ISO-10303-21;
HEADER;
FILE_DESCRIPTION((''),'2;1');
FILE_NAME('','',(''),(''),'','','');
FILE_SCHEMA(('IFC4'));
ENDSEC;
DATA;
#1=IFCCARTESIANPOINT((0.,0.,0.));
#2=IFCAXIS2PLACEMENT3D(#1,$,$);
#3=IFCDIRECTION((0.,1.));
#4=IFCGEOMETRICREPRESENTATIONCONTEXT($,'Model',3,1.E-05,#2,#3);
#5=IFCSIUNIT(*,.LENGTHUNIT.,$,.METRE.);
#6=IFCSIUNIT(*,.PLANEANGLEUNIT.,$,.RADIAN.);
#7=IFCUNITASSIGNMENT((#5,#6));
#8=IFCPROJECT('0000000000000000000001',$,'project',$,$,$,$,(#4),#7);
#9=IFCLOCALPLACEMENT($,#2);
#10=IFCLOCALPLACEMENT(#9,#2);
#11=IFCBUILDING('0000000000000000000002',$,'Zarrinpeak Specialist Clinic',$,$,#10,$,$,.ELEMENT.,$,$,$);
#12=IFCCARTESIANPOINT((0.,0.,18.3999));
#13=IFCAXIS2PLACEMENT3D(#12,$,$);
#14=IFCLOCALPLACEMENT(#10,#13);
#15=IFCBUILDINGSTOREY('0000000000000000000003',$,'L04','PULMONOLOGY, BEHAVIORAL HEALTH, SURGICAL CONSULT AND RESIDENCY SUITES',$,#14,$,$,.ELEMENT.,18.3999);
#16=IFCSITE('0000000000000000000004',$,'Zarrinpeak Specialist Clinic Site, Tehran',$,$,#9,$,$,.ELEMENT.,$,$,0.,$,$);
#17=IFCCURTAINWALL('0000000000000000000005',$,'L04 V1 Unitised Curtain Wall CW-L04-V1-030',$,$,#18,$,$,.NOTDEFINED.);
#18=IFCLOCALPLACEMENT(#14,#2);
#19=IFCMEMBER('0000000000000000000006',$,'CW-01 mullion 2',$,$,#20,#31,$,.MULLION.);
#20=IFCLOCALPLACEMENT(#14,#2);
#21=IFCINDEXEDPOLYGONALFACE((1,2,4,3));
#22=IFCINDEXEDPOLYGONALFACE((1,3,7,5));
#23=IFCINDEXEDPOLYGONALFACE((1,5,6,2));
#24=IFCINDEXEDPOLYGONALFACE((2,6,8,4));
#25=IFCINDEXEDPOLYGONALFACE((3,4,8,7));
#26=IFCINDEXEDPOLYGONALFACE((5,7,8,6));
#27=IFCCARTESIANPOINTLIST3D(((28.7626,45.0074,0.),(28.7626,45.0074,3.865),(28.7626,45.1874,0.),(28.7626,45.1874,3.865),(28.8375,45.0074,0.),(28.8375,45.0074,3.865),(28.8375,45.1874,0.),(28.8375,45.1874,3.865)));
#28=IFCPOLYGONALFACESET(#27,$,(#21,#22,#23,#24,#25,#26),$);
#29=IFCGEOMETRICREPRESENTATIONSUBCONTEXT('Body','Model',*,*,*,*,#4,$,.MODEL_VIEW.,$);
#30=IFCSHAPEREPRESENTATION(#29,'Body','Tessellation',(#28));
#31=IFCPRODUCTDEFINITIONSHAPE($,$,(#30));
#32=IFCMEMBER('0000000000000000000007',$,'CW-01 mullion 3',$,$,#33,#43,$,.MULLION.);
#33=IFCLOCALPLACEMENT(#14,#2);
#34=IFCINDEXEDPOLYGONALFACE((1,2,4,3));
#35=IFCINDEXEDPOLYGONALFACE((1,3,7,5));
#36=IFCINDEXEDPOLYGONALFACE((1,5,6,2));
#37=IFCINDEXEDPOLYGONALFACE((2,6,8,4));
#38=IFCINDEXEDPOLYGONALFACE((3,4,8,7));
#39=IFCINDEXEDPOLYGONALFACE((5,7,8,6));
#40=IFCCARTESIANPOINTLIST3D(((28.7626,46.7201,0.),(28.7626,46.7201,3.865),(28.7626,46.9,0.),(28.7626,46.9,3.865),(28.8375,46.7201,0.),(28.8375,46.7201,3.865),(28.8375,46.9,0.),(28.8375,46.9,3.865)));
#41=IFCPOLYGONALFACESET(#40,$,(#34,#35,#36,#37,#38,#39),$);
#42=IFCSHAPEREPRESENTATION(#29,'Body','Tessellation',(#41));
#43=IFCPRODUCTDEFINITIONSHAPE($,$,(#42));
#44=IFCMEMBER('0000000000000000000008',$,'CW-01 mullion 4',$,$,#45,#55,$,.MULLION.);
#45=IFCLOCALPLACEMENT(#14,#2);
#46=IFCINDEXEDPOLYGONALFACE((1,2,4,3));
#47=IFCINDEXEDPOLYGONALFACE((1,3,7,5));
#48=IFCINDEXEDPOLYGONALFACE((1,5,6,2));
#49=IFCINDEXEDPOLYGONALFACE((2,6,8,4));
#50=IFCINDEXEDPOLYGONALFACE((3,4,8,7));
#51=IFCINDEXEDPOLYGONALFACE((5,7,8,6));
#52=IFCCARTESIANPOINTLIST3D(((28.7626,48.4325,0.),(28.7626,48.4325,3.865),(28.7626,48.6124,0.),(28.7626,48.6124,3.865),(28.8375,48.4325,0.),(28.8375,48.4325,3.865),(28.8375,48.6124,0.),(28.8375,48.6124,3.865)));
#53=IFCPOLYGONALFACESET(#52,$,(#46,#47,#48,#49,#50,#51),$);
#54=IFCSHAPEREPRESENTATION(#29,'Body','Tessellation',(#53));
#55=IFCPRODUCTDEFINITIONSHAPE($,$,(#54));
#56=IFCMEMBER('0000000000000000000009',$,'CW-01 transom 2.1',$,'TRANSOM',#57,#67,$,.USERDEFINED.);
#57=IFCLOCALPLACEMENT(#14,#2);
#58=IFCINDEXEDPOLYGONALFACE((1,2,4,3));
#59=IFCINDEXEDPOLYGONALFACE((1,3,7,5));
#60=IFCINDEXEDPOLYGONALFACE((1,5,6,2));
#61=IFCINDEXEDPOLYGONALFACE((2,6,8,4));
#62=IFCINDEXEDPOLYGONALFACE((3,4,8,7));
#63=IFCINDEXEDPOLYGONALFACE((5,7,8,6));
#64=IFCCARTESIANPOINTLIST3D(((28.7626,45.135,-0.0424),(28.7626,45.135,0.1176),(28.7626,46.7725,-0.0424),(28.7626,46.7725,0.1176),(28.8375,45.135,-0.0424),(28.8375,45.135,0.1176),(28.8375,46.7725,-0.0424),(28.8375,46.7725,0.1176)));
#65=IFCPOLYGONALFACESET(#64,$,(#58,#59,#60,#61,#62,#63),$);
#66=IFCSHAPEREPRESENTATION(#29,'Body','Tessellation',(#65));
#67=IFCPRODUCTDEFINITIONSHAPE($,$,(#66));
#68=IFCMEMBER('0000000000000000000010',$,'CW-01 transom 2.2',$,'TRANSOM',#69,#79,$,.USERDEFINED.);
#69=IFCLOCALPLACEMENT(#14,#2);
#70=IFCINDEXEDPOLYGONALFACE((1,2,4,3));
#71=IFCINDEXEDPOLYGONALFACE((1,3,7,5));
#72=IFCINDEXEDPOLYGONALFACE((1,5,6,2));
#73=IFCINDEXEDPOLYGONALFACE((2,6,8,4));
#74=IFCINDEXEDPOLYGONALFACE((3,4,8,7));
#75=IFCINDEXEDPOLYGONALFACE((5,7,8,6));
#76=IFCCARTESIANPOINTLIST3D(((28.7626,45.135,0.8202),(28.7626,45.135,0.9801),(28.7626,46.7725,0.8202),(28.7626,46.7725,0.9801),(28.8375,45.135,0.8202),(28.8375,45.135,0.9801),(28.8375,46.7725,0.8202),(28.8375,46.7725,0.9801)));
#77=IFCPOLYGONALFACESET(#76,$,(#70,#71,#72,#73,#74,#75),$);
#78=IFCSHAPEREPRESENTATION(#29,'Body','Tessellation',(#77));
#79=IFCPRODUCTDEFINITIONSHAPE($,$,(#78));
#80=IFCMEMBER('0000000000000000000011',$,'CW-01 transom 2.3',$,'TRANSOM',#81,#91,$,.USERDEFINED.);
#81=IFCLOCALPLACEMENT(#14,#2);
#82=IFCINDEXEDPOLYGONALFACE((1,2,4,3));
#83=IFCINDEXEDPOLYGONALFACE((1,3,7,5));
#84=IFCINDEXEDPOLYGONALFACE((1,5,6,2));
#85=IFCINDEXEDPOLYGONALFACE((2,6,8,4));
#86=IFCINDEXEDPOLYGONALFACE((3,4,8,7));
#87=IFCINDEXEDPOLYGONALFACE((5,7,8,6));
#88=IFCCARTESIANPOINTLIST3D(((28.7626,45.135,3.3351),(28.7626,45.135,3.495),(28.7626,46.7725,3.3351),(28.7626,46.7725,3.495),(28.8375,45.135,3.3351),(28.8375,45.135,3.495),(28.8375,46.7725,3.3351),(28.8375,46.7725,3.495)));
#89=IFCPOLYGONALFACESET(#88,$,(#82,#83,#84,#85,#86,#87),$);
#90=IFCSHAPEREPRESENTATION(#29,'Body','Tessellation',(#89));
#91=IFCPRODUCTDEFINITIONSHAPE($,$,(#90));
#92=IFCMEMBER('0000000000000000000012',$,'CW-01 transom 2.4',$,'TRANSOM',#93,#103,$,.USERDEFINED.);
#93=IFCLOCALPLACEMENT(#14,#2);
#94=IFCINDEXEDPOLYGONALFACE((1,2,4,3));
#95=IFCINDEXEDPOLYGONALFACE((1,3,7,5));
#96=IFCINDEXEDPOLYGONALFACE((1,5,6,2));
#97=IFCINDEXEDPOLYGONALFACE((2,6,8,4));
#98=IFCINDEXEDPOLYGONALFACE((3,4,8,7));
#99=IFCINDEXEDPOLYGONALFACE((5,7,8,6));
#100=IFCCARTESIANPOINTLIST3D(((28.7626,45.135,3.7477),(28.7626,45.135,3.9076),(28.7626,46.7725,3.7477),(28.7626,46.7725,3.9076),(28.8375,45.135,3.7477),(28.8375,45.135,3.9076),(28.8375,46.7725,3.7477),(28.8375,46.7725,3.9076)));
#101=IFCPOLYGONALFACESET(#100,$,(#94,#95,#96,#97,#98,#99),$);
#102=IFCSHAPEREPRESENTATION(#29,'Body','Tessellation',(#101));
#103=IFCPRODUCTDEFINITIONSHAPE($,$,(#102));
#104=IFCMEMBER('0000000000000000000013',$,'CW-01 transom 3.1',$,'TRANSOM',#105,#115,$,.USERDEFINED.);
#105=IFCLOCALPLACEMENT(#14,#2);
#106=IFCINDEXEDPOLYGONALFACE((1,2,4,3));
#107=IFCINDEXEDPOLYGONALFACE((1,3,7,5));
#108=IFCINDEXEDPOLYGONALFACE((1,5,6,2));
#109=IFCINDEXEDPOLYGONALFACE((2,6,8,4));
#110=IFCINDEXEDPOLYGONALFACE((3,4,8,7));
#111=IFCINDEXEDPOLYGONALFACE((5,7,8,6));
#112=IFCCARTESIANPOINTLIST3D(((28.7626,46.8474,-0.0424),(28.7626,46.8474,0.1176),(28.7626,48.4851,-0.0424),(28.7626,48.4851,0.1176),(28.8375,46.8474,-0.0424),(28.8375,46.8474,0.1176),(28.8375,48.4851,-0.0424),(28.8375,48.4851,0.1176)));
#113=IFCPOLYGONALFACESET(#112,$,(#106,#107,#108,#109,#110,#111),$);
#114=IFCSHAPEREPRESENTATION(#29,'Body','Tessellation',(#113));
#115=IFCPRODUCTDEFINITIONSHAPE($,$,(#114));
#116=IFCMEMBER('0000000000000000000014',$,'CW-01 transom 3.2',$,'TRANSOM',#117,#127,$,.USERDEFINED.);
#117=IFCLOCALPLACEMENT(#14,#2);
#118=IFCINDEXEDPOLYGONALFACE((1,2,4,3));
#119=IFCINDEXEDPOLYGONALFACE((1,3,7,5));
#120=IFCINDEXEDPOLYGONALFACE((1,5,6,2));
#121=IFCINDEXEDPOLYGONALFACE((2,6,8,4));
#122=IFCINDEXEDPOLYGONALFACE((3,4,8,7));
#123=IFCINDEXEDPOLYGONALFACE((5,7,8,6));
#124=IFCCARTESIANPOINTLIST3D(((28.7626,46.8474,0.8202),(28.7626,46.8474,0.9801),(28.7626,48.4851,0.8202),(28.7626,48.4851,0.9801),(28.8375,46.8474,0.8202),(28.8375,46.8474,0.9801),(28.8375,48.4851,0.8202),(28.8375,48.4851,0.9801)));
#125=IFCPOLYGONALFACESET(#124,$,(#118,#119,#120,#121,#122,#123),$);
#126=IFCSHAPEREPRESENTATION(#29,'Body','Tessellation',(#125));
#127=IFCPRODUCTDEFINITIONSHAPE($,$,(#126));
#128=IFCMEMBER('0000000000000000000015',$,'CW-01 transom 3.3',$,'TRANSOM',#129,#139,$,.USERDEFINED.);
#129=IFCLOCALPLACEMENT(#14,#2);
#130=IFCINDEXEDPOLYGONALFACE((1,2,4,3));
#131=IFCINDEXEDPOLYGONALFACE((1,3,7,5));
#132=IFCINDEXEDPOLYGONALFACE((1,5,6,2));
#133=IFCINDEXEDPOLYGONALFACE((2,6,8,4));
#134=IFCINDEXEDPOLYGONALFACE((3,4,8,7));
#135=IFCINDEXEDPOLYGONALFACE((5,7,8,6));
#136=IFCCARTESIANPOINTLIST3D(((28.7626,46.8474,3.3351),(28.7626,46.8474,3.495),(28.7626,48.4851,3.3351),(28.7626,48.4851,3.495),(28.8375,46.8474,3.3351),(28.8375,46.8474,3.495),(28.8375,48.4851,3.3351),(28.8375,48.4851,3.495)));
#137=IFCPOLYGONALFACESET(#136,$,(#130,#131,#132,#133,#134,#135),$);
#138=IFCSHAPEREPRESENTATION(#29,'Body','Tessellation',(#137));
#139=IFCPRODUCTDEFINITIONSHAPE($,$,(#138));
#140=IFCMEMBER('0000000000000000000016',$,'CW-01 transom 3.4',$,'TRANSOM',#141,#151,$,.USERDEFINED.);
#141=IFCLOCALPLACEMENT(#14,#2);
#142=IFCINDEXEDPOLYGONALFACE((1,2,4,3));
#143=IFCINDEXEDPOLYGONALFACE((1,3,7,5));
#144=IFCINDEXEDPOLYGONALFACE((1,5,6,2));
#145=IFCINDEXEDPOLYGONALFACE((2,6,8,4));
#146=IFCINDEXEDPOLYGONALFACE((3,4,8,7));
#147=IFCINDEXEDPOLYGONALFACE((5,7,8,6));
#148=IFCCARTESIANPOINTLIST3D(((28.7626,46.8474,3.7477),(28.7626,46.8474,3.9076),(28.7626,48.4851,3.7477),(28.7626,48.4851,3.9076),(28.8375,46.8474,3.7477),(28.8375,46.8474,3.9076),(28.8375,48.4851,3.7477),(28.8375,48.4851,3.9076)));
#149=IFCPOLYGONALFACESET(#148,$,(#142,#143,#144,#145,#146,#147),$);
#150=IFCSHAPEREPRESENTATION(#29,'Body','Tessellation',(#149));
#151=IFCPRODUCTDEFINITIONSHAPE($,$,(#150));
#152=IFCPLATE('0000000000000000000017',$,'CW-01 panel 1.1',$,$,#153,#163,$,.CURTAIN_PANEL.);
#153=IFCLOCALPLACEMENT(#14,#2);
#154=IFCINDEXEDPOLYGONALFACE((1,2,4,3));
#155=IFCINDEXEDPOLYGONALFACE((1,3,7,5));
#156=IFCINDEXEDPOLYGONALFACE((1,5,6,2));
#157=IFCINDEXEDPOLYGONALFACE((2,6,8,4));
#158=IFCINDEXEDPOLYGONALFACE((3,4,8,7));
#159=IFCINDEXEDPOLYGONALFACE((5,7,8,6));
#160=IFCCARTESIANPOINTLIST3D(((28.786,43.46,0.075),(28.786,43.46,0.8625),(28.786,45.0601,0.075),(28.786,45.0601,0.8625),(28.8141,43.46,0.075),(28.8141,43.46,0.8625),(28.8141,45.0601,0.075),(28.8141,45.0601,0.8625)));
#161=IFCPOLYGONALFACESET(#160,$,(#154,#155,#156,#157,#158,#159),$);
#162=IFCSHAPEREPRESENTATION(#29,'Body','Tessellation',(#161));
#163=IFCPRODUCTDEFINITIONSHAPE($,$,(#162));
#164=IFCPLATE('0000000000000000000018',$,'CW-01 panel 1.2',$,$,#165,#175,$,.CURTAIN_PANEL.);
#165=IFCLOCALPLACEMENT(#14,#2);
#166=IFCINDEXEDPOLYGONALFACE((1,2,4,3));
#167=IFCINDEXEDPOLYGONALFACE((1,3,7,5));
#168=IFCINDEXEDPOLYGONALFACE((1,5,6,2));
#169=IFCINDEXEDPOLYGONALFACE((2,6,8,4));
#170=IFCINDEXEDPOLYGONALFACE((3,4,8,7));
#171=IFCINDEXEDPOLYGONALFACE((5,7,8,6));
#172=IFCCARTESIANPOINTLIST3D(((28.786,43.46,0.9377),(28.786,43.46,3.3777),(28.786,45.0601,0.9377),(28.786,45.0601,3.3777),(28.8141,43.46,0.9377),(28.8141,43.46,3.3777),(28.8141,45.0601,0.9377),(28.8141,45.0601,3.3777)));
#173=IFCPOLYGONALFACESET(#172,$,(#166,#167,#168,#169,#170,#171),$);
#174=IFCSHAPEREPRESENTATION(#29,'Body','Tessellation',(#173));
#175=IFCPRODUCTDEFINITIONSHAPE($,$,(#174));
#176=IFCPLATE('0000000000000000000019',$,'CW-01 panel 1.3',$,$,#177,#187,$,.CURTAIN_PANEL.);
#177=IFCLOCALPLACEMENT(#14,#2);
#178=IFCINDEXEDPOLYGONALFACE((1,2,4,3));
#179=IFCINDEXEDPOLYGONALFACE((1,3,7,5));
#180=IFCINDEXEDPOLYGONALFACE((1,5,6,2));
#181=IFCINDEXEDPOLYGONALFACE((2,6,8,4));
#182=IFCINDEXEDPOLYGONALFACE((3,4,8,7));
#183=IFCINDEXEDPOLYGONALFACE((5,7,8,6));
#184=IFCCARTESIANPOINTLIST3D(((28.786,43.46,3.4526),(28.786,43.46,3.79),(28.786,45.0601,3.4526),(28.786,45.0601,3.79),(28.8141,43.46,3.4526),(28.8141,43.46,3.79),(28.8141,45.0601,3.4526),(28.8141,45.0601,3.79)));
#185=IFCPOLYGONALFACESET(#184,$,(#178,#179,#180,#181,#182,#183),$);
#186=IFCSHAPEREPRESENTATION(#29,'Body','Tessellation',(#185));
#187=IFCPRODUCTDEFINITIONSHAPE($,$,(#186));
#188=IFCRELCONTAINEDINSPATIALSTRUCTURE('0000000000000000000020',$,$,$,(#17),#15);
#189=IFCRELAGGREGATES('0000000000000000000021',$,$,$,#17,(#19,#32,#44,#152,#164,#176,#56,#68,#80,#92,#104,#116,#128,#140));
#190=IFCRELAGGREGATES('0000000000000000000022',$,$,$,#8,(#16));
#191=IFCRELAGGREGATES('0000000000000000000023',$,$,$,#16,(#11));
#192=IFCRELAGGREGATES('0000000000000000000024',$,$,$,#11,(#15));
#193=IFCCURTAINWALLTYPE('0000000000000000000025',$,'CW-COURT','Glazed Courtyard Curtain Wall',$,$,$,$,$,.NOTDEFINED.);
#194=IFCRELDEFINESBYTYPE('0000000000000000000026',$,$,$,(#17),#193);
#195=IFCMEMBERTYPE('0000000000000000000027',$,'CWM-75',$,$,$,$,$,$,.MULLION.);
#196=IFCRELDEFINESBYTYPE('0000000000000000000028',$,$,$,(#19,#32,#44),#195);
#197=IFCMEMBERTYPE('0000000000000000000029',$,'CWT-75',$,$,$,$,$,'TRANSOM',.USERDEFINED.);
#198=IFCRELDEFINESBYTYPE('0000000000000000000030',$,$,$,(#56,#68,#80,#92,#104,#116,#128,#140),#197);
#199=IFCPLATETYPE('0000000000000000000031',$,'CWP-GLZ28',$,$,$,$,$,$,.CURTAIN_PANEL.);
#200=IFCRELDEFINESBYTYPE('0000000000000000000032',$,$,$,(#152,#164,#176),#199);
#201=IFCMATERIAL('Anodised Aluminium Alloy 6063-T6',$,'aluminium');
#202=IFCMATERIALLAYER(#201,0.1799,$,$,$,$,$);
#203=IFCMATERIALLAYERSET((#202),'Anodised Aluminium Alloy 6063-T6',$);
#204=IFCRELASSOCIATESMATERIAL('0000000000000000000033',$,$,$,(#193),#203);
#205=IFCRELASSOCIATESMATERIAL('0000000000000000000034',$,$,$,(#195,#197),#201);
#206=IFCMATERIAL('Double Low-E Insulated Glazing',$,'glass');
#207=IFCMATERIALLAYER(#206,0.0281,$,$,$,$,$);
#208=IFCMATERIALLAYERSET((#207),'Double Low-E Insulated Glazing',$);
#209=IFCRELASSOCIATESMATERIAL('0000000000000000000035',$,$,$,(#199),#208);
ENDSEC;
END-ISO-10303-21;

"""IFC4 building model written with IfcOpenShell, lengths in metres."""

from ifc_helpers import new_model, si_unit, direction, frame, origin, origin_2d, place, context, subcontext, project, spatial, rectangle, extrude, material, layer, layer_set, material_profile, profile_set, type_object, element, aggregate, save


model = new_model("IFC4")

# Units and contexts
model_context = context("Model", 3, precision=1e-05, world=origin(), true_north=direction((0.0, 1.0)))
body_context = subcontext(model_context, "Body", "Model", "MODEL_VIEW")
ifc_project = project(units=[si_unit("LENGTHUNIT", "METRE"), si_unit("PLANEANGLEUNIT", "RADIAN")], contexts=[model_context])

# Site, building, storey
site_placement = place(None, origin())
site = spatial("IfcSite", under=ifc_project, at=site_placement, Name="Zarrinpeak Specialist Clinic Site, Tehran", CompositionType="ELEMENT", RefElevation=0.0)
building_placement = place(site_placement, origin())
building = spatial("IfcBuilding", under=site, at=building_placement, Name="Zarrinpeak Specialist Clinic", CompositionType="ELEMENT")
storey_placement = place(building_placement, frame((0.0, 0.0, 18.3999)))
storey = spatial("IfcBuildingStorey", under=building, at=storey_placement, Name="L04", Description="PULMONOLOGY, BEHAVIORAL HEALTH, SURGICAL CONSULT AND RESIDENCY SUITES", CompositionType="ELEMENT", Elevation=18.3999)

# Curtain wall, members, plates
ifc_material_1 = material(Name="Anodised Aluminium Alloy 6063-T6", Category="aluminium")
ifc_layer_1 = layer(ifc_material_1, 0.1799)
ifc_layer_set_1 = layer_set([ifc_layer_1], Name="Anodised Aluminium Alloy 6063-T6")
curtain_wall_type = type_object("IfcCurtainWallType", Name="CW-COURT", Description="Glazed Courtyard Curtain Wall", PredefinedType="NOTDEFINED", material=ifc_layer_set_1)
curtain_wall_placement = place(storey_placement, origin())
curtain_wall = element("IfcCurtainWall", 1, at=curtain_wall_placement, inside=storey, type_object=curtain_wall_type, Name="L04 V1 Unitised Curtain Wall CW-L04-V1-030", PredefinedType="NOTDEFINED")
ifc_material_profile_1 = material_profile(ifc_material_1, rectangle(XDim=0.075, YDim=0.1799, at=origin_2d()), Name="ALU 75x180")
ifc_profile_set_1 = profile_set([ifc_material_profile_1], Name="Anodised Aluminium Alloy 6063-T6")
member_type_1 = type_object("IfcMemberType", Name="CWM-75", PredefinedType="MULLION", material=ifc_profile_set_1)
member_1_placement = place(storey_placement, frame((28.8, 45.0974, 0.0), z_axis=(0.0, 0.0, 1.0), x_axis=(-1.0, 0.0, 0.0)))
member_1 = element("IfcMember", 2, at=member_1_placement, type_object=member_type_1, Name="CW-01 mullion 2", PredefinedType="MULLION", context=body_context, shape_type="SweptSolid", body=[
    extrude(rectangle(XDim=0.075, YDim=0.1799, at=origin_2d()), origin(), (0.0, 0.0, 1.0), 3.865),
])
member_2_placement = place(storey_placement, frame((28.8, 46.8101, 0.0), z_axis=(0.0, 0.0, 1.0), x_axis=(-1.0, 0.0, 0.0)))
member_2 = element("IfcMember", 3, at=member_2_placement, type_object=member_type_1, Name="CW-01 mullion 3", PredefinedType="MULLION", context=body_context, shape_type="SweptSolid", body=[
    extrude(rectangle(XDim=0.075, YDim=0.1799, at=origin_2d()), origin(), (0.0, 0.0, 1.0), 3.865),
])
member_3_placement = place(storey_placement, frame((28.8, 48.5225, 0.0), z_axis=(0.0, 0.0, 1.0), x_axis=(-1.0, 0.0, 0.0)))
member_3 = element("IfcMember", 4, at=member_3_placement, type_object=member_type_1, Name="CW-01 mullion 4", PredefinedType="MULLION", context=body_context, shape_type="SweptSolid", body=[
    extrude(rectangle(XDim=0.075, YDim=0.1799, at=origin_2d()), origin(), (0.0, 0.0, 1.0), 3.865),
])
ifc_material_profile_2 = material_profile(ifc_material_1, rectangle(XDim=0.075, YDim=0.1599, at=origin_2d()), Name="ALU 75x160")
ifc_profile_set_2 = profile_set([ifc_material_profile_2], Name="Anodised Aluminium Alloy 6063-T6")
member_type_2 = type_object("IfcMemberType", Name="CWT-75", ElementType="TRANSOM", PredefinedType="USERDEFINED", material=ifc_profile_set_2)
member_4_placement = place(storey_placement, frame((28.8, 45.135, 0.0376), z_axis=(0.0, 1.0, 0.0), x_axis=(-1.0, 0.0, 0.0)))
member_4 = element("IfcMember", 5, at=member_4_placement, type_object=member_type_2, Name="CW-01 transom 2.1", ObjectType="TRANSOM", PredefinedType="USERDEFINED", context=body_context, shape_type="SweptSolid", body=[
    extrude(rectangle(XDim=0.075, YDim=0.1599, at=origin_2d()), origin(), (0.0, 0.0, 1.0), 1.6375),
])
member_5_placement = place(storey_placement, frame((28.8, 45.135, 0.9001), z_axis=(0.0, 1.0, 0.0), x_axis=(-1.0, 0.0, 0.0)))
member_5 = element("IfcMember", 6, at=member_5_placement, type_object=member_type_2, Name="CW-01 transom 2.2", ObjectType="TRANSOM", PredefinedType="USERDEFINED", context=body_context, shape_type="SweptSolid", body=[
    extrude(rectangle(XDim=0.075, YDim=0.1599, at=origin_2d()), origin(), (0.0, 0.0, 1.0), 1.6375),
])
member_6_placement = place(storey_placement, frame((28.8, 45.135, 3.415), z_axis=(0.0, 1.0, 0.0), x_axis=(-1.0, 0.0, 0.0)))
member_6 = element("IfcMember", 7, at=member_6_placement, type_object=member_type_2, Name="CW-01 transom 2.3", ObjectType="TRANSOM", PredefinedType="USERDEFINED", context=body_context, shape_type="SweptSolid", body=[
    extrude(rectangle(XDim=0.075, YDim=0.1599, at=origin_2d()), origin(), (0.0, 0.0, 1.0), 1.6375),
])
member_7_placement = place(storey_placement, frame((28.8, 45.135, 3.8276), z_axis=(0.0, 1.0, 0.0), x_axis=(-1.0, 0.0, 0.0)))
member_7 = element("IfcMember", 8, at=member_7_placement, type_object=member_type_2, Name="CW-01 transom 2.4", ObjectType="TRANSOM", PredefinedType="USERDEFINED", context=body_context, shape_type="SweptSolid", body=[
    extrude(rectangle(XDim=0.075, YDim=0.1599, at=origin_2d()), origin(), (0.0, 0.0, 1.0), 1.6375),
])
member_8_placement = place(storey_placement, frame((28.8, 46.8474, 0.0376), z_axis=(0.0, 1.0, 0.0), x_axis=(-1.0, 0.0, 0.0)))
member_8 = element("IfcMember", 9, at=member_8_placement, type_object=member_type_2, Name="CW-01 transom 3.1", ObjectType="TRANSOM", PredefinedType="USERDEFINED", context=body_context, shape_type="SweptSolid", body=[
    extrude(rectangle(XDim=0.075, YDim=0.1599, at=origin_2d()), origin(), (0.0, 0.0, 1.0), 1.6377),
])
member_9_placement = place(storey_placement, frame((28.8, 46.8474, 0.9001), z_axis=(0.0, 1.0, 0.0), x_axis=(-1.0, 0.0, 0.0)))
member_9 = element("IfcMember", 10, at=member_9_placement, type_object=member_type_2, Name="CW-01 transom 3.2", ObjectType="TRANSOM", PredefinedType="USERDEFINED", context=body_context, shape_type="SweptSolid", body=[
    extrude(rectangle(XDim=0.075, YDim=0.1599, at=origin_2d()), origin(), (0.0, 0.0, 1.0), 1.6377),
])
member_10_placement = place(storey_placement, frame((28.8, 46.8474, 3.415), z_axis=(0.0, 1.0, 0.0), x_axis=(-1.0, 0.0, 0.0)))
member_10 = element("IfcMember", 11, at=member_10_placement, type_object=member_type_2, Name="CW-01 transom 3.3", ObjectType="TRANSOM", PredefinedType="USERDEFINED", context=body_context, shape_type="SweptSolid", body=[
    extrude(rectangle(XDim=0.075, YDim=0.1599, at=origin_2d()), origin(), (0.0, 0.0, 1.0), 1.6377),
])
member_11_placement = place(storey_placement, frame((28.8, 46.8474, 3.8276), z_axis=(0.0, 1.0, 0.0), x_axis=(-1.0, 0.0, 0.0)))
member_11 = element("IfcMember", 12, at=member_11_placement, type_object=member_type_2, Name="CW-01 transom 3.4", ObjectType="TRANSOM", PredefinedType="USERDEFINED", context=body_context, shape_type="SweptSolid", body=[
    extrude(rectangle(XDim=0.075, YDim=0.1599, at=origin_2d()), origin(), (0.0, 0.0, 1.0), 1.6377),
])
ifc_material_2 = material(Name="Double Low-E Insulated Glazing", Category="glass")
ifc_layer_2 = layer(ifc_material_2, 0.0281)
ifc_layer_set_2 = layer_set([ifc_layer_2], Name="Double Low-E Insulated Glazing")
plate_type = type_object("IfcPlateType", Name="CWP-GLZ28", PredefinedType="CURTAIN_PANEL", material=ifc_layer_set_2)
plate_1_placement = place(storey_placement, frame((28.8, 44.26, 0.075), z_axis=(0.0, 0.0, 1.0), x_axis=(0.0, 1.0, 0.0)))
plate_1 = element("IfcPlate", 13, at=plate_1_placement, type_object=plate_type, Name="CW-01 panel 1.1", PredefinedType="CURTAIN_PANEL", context=body_context, shape_type="SweptSolid", body=[
    extrude(rectangle(XDim=1.6001, YDim=0.0281, at=origin_2d()), origin(), (0.0, 0.0, 1.0), 0.7876),
])
plate_2_placement = place(storey_placement, frame((28.8, 44.26, 0.9377), z_axis=(0.0, 0.0, 1.0), x_axis=(0.0, 1.0, 0.0)))
plate_2 = element("IfcPlate", 14, at=plate_2_placement, type_object=plate_type, Name="CW-01 panel 1.2", PredefinedType="CURTAIN_PANEL", context=body_context, shape_type="SweptSolid", body=[
    extrude(rectangle(XDim=1.6001, YDim=0.0281, at=origin_2d()), origin(), (0.0, 0.0, 1.0), 2.4399),
])
plate_3_placement = place(storey_placement, frame((28.8, 44.26, 3.4526), z_axis=(0.0, 0.0, 1.0), x_axis=(0.0, 1.0, 0.0)))
plate_3 = element("IfcPlate", 15, at=plate_3_placement, type_object=plate_type, Name="CW-01 panel 1.3", PredefinedType="CURTAIN_PANEL", context=body_context, shape_type="SweptSolid", body=[
    extrude(rectangle(XDim=1.6001, YDim=0.0281, at=origin_2d()), origin(), (0.0, 0.0, 1.0), 0.3374),
])
aggregate(curtain_wall, [member_1, member_2, member_3, plate_1, plate_2, plate_3, member_4, member_5, member_6, member_7, member_8, member_9, member_10, member_11])

save(model, "model.ifc")
